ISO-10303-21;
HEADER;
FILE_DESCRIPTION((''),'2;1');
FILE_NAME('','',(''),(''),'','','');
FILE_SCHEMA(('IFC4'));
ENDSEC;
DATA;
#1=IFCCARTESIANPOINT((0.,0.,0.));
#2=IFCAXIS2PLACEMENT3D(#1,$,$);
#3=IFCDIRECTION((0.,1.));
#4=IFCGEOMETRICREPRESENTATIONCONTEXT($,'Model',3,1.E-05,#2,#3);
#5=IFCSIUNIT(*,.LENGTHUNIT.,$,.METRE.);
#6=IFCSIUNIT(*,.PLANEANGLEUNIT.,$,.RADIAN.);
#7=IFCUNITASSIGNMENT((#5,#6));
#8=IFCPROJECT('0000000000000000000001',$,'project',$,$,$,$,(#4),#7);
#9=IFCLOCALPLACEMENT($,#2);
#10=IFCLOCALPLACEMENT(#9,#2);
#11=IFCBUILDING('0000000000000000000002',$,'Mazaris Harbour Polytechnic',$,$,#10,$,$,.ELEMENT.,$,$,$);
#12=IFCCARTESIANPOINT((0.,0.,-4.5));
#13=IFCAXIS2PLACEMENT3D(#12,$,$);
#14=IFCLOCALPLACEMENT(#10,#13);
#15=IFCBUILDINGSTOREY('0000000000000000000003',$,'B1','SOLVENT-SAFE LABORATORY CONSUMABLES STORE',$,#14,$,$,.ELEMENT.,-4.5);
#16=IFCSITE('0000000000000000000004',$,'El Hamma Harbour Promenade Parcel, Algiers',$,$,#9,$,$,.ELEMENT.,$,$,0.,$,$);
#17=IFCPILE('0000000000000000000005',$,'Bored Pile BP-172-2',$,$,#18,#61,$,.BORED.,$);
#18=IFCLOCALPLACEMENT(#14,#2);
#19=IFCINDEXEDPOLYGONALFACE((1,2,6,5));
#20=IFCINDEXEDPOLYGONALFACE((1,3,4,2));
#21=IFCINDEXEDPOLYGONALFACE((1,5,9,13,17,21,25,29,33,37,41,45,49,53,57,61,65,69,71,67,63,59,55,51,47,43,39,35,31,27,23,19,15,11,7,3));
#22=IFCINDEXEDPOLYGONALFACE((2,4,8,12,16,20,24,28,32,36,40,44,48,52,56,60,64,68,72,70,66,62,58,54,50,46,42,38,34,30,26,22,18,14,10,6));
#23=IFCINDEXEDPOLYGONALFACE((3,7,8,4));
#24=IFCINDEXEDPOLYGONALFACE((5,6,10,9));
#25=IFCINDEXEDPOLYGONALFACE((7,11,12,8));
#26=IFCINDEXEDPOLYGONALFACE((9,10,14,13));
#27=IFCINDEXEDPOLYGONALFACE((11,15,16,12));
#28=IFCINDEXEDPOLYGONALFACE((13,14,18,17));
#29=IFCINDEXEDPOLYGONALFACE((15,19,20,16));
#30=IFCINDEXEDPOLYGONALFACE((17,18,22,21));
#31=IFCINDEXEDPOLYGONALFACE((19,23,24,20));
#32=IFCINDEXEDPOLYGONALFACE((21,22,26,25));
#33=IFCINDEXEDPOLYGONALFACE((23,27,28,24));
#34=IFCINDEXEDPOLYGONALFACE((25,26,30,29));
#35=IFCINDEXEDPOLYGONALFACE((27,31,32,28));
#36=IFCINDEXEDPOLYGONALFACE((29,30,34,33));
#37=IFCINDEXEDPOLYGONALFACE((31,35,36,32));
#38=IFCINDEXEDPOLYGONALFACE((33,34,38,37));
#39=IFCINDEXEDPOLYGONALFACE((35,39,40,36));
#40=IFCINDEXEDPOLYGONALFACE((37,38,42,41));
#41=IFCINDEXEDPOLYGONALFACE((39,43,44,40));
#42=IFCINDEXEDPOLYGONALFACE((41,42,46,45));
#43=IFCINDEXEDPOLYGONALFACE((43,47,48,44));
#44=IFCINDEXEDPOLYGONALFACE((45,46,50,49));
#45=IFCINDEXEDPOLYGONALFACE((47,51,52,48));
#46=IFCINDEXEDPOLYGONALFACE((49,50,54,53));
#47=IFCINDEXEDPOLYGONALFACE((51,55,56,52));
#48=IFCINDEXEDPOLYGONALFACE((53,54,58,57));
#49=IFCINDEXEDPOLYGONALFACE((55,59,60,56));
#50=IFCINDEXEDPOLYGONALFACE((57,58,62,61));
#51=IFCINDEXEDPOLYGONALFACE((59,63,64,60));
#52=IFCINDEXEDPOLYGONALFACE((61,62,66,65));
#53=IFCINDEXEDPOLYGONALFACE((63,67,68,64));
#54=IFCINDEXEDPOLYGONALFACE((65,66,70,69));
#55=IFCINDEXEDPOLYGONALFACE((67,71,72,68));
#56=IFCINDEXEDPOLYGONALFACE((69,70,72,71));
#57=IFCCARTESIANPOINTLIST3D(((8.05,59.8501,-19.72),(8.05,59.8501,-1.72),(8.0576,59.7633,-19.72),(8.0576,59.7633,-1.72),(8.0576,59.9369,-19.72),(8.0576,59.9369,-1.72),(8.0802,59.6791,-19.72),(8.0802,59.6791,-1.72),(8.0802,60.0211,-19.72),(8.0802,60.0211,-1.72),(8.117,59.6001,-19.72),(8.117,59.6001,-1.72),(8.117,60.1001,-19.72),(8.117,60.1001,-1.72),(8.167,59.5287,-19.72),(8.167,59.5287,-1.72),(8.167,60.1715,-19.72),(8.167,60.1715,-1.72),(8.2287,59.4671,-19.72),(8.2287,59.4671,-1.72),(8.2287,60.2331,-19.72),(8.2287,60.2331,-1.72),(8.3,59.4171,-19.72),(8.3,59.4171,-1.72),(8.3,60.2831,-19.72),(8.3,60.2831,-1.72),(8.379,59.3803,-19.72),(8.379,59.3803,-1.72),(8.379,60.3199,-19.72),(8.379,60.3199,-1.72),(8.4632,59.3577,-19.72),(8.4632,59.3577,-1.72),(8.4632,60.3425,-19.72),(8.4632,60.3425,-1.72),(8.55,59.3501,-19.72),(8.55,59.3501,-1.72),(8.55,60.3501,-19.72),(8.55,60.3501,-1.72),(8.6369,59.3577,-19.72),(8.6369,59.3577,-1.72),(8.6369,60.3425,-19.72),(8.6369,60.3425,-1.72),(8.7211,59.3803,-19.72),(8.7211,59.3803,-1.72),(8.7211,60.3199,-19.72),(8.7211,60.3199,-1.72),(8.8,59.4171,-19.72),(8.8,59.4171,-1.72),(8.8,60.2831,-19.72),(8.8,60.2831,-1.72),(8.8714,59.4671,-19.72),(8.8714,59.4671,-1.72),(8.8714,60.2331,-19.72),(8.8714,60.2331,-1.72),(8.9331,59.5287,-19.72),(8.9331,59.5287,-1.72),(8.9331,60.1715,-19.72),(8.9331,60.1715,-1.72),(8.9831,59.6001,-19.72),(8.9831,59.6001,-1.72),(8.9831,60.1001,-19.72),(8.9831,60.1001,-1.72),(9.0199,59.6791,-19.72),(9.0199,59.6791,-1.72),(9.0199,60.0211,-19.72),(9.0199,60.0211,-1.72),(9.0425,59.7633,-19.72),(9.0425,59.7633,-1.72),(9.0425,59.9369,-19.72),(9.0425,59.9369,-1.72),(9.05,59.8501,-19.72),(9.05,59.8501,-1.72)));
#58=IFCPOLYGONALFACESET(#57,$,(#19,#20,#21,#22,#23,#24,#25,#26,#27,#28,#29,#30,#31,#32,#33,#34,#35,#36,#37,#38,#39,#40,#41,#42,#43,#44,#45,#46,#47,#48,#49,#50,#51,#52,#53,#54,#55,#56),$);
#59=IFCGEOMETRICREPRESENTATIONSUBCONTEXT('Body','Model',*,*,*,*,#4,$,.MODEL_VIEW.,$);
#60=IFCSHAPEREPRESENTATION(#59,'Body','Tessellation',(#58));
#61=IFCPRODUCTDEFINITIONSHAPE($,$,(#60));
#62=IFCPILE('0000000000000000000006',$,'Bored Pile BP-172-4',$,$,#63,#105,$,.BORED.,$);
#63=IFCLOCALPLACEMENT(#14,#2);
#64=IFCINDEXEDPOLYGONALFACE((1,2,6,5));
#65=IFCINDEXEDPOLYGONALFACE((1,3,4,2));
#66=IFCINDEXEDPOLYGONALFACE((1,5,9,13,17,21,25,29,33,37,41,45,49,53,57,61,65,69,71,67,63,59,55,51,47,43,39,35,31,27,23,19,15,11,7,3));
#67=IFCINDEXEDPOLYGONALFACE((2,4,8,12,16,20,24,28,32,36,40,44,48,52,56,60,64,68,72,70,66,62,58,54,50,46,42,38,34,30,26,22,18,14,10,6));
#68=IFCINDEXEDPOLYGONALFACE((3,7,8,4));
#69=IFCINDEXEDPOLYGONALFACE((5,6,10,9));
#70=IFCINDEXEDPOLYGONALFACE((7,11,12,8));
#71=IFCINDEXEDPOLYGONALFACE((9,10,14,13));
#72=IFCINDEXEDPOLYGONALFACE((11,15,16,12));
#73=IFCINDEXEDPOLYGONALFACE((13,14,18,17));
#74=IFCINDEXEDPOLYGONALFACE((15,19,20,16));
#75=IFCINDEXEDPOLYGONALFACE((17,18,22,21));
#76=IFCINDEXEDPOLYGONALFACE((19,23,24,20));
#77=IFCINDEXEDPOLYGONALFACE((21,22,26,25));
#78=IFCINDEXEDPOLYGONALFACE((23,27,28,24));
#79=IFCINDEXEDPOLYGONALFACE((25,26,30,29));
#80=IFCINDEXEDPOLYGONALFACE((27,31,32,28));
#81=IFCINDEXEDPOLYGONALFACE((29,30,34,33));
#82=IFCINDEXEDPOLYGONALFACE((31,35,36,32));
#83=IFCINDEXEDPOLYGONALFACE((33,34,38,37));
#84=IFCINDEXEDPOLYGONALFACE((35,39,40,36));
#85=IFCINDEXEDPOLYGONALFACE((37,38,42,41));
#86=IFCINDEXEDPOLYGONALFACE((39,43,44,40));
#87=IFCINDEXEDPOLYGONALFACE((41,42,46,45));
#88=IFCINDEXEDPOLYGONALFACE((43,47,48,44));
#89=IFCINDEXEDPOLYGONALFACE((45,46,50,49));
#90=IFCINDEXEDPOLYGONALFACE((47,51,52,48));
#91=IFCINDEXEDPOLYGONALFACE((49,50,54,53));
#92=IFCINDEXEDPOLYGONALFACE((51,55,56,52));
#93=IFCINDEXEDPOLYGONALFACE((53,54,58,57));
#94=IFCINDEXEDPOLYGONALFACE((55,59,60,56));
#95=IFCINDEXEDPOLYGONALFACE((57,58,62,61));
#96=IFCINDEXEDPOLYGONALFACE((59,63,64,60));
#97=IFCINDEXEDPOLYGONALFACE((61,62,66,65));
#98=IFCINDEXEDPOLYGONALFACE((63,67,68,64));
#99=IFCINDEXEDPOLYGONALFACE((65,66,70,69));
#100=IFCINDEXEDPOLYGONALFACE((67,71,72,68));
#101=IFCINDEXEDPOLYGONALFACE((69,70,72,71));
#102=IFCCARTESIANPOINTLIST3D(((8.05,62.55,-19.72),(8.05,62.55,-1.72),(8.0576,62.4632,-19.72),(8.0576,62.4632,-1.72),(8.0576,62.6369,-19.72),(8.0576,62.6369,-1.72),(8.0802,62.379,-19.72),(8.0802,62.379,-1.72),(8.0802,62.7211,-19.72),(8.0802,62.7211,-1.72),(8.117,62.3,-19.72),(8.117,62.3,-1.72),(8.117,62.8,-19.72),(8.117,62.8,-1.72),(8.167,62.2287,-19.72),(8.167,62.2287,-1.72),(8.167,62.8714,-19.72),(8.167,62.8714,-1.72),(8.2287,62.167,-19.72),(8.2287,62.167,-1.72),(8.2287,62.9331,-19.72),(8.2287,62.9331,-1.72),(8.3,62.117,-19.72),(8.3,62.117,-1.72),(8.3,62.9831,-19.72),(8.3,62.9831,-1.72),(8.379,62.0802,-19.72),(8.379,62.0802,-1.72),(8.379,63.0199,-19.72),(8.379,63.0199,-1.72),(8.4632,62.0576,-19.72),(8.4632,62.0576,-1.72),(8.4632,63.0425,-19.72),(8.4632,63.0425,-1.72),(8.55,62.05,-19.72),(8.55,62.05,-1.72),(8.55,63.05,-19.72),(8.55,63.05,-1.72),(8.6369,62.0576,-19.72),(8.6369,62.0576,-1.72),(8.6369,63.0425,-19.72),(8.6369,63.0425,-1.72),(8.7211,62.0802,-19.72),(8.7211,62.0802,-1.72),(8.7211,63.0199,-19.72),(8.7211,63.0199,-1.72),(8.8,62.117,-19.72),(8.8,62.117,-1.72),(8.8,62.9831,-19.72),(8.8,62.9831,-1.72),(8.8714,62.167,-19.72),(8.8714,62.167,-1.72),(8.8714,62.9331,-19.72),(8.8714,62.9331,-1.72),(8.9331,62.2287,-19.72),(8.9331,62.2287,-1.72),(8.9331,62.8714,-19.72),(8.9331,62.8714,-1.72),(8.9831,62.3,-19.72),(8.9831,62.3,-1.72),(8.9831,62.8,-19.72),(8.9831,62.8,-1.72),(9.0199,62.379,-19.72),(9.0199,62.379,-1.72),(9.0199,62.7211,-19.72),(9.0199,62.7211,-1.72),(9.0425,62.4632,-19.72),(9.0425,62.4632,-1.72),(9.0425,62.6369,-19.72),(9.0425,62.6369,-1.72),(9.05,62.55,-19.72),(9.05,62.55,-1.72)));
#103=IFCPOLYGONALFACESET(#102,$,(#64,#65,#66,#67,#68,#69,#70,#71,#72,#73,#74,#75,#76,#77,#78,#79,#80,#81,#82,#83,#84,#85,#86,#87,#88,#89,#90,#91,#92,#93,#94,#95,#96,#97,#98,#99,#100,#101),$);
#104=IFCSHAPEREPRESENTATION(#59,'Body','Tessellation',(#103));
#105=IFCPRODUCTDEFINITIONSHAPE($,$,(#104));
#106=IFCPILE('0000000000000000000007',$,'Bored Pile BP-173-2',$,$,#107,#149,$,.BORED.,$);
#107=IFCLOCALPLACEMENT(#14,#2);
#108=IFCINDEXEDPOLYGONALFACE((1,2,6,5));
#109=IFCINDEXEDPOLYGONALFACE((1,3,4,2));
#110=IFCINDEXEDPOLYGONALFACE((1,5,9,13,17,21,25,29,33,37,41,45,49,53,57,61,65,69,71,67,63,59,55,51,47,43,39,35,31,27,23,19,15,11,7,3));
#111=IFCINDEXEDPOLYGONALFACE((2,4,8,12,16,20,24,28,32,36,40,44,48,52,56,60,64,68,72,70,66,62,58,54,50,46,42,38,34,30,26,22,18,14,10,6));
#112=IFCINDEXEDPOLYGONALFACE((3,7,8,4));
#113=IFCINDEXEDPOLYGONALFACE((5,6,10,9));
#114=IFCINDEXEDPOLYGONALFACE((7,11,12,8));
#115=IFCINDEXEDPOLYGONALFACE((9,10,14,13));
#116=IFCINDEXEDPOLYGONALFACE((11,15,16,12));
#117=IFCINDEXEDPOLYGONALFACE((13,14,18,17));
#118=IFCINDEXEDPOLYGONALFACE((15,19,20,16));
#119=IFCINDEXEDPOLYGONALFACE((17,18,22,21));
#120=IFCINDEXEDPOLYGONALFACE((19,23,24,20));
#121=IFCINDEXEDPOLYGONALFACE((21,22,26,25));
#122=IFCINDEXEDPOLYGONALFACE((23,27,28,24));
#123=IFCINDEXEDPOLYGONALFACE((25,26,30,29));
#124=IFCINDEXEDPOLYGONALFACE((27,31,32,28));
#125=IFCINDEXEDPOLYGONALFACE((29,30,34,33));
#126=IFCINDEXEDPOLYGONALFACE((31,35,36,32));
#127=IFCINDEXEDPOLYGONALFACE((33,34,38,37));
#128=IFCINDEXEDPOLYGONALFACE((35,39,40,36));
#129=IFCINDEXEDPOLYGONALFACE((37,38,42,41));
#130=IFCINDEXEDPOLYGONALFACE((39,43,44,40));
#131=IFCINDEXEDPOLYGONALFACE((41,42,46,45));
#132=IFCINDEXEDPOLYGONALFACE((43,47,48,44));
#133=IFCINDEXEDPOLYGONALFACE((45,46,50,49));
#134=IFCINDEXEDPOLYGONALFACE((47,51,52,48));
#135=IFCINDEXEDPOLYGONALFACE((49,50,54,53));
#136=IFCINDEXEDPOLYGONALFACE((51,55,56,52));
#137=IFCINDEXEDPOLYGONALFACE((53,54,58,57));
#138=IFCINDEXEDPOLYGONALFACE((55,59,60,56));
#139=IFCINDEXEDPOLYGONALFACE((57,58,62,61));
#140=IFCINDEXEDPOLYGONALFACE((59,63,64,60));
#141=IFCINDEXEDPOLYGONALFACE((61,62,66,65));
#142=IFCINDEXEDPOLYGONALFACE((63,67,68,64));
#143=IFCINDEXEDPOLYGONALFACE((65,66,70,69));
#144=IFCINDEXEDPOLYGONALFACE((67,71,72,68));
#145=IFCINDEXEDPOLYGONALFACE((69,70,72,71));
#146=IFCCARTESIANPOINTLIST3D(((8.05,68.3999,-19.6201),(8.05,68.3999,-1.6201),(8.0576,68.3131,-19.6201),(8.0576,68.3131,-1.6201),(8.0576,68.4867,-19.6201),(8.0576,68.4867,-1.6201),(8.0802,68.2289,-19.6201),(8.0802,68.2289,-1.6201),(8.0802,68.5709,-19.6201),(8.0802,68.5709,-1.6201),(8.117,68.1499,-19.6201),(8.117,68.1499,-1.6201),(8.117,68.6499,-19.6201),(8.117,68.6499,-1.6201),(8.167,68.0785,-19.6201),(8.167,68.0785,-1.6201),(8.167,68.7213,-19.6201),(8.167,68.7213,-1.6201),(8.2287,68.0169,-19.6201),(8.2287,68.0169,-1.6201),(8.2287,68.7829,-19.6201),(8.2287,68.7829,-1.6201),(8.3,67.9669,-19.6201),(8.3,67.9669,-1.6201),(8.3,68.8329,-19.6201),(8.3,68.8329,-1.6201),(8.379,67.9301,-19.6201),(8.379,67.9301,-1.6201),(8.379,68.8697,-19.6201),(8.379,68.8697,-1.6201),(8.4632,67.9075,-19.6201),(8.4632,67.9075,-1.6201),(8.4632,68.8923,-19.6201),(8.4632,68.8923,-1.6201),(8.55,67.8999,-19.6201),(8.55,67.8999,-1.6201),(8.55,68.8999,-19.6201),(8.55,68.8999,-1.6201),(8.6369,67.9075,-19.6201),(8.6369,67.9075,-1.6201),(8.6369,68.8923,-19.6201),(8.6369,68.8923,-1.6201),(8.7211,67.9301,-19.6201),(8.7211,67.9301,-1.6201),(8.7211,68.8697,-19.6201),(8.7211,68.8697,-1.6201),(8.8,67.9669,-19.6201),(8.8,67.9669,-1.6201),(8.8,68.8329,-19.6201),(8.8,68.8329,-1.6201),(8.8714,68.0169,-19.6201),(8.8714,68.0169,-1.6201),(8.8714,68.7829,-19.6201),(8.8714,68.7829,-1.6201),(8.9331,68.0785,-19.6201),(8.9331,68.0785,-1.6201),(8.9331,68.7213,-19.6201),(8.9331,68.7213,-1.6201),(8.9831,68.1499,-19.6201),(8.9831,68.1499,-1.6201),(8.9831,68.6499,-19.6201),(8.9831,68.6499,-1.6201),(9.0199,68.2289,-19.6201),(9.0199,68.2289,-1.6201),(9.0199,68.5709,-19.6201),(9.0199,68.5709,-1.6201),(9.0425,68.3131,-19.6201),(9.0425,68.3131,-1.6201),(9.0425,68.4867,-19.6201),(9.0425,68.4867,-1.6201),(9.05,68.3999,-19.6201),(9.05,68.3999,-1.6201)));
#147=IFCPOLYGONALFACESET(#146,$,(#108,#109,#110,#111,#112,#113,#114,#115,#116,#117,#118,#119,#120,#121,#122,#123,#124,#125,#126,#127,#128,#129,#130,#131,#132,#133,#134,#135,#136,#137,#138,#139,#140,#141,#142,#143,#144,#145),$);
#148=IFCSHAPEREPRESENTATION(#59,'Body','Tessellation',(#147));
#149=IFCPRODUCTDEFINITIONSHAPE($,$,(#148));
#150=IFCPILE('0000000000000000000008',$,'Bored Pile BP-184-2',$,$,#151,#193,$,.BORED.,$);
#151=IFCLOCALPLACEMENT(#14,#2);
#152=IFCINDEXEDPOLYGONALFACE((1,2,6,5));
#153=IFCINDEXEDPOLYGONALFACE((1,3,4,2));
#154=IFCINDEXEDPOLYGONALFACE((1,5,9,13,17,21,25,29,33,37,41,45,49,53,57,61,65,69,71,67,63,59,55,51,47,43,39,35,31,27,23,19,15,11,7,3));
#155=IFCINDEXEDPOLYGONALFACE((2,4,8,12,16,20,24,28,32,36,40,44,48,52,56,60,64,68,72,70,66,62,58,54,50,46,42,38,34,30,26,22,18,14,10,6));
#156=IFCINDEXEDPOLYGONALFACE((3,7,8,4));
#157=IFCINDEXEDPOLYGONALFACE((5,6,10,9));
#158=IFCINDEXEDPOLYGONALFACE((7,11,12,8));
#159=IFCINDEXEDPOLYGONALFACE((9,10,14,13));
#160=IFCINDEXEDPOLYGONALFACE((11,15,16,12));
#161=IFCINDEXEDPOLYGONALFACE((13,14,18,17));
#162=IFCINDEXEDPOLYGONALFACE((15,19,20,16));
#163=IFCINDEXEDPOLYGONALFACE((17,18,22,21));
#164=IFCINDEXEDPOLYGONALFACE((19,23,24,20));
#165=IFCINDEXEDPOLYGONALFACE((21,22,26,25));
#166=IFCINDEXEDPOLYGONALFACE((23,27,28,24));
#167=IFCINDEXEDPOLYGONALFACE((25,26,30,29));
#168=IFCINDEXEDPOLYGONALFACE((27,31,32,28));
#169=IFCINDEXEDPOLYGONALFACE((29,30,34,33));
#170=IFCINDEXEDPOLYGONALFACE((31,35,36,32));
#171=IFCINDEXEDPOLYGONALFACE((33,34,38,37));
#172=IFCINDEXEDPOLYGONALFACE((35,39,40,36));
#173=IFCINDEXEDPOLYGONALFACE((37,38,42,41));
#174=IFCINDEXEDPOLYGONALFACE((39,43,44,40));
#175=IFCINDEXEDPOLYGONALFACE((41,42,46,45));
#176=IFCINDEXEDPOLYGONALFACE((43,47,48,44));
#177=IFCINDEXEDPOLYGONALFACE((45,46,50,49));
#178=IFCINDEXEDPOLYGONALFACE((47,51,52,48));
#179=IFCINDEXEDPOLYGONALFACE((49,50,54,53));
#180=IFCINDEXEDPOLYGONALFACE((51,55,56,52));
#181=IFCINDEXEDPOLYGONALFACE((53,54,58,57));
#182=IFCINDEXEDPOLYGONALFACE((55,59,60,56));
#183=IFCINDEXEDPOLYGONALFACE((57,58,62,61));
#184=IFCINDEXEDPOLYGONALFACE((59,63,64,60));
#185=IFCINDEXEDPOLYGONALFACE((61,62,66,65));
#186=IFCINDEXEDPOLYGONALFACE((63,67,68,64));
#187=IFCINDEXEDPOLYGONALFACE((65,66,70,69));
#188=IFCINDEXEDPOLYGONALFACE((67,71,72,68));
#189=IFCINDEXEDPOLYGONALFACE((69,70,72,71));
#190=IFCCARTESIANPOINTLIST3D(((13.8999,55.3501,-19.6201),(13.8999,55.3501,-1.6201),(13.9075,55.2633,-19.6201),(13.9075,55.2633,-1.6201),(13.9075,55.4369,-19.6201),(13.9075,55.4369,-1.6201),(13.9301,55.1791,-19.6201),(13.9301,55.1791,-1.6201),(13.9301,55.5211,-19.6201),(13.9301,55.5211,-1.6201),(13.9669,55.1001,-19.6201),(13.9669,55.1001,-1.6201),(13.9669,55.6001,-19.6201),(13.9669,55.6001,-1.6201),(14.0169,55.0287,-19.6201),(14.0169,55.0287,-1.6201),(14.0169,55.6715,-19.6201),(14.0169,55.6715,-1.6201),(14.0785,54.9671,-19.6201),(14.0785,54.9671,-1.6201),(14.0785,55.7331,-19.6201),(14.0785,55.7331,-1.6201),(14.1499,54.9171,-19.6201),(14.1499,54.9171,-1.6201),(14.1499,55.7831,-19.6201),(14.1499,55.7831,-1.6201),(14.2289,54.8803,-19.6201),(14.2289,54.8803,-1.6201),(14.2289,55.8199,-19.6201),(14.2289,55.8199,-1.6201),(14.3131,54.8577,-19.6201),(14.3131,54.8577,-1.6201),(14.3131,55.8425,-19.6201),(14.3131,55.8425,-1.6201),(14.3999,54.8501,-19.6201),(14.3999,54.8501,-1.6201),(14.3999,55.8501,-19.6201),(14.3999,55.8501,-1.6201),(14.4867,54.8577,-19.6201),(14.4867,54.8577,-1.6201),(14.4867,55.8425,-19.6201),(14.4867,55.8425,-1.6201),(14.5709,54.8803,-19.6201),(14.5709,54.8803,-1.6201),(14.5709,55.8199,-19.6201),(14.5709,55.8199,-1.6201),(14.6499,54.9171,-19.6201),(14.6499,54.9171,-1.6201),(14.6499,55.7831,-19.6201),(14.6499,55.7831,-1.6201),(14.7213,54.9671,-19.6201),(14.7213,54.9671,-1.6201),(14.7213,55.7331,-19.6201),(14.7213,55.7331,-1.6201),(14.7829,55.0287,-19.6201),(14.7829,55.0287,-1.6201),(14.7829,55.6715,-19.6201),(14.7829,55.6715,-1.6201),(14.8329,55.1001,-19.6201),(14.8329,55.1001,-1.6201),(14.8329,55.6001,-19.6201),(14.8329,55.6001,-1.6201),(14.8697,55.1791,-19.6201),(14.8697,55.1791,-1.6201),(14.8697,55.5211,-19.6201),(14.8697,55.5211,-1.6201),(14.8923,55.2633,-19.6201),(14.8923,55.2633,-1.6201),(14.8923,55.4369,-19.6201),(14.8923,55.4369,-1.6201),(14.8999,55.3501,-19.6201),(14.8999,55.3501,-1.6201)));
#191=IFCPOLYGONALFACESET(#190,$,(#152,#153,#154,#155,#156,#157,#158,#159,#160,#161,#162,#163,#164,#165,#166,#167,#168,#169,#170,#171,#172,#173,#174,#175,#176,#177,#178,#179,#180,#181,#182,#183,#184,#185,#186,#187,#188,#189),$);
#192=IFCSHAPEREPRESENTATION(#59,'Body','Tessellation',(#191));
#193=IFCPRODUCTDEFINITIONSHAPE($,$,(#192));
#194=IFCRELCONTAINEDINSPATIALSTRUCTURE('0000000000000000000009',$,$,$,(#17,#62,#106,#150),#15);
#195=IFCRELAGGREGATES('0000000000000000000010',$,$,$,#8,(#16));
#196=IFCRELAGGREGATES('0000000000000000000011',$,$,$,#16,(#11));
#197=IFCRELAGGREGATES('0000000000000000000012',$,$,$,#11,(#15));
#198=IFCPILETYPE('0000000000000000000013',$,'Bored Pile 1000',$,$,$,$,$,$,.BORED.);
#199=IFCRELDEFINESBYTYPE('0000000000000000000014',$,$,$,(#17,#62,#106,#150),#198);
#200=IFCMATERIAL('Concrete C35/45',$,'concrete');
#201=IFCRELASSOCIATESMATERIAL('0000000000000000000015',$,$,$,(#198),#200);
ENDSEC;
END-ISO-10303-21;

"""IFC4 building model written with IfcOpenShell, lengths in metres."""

from ifc_helpers import new_model, si_unit, direction, frame, origin, origin_2d, place, context, subcontext, project, spatial, circle, extrude, material, material_profile, profile_set, type_object, element, save


model = new_model("IFC4")

# Units and contexts
model_context = context("Model", 3, precision=1e-05, world=origin(), true_north=direction((0.0, 1.0)))
body_context = subcontext(model_context, "Body", "Model", "MODEL_VIEW")
ifc_project = project(units=[si_unit("LENGTHUNIT", "METRE"), si_unit("PLANEANGLEUNIT", "RADIAN")], contexts=[model_context])

# Site, building, storey
site_placement = place(None, origin())
site = spatial("IfcSite", under=ifc_project, at=site_placement, Name="El Hamma Harbour Promenade Parcel, Algiers", CompositionType="ELEMENT", RefElevation=0.0)
building_placement = place(site_placement, origin())
building = spatial("IfcBuilding", under=site, at=building_placement, Name="Mazaris Harbour Polytechnic", CompositionType="ELEMENT")
storey_placement = place(building_placement, frame((0.0, 0.0, -4.5)))
storey = spatial("IfcBuildingStorey", under=building, at=storey_placement, Name="B1", Description="SOLVENT-SAFE LABORATORY CONSUMABLES STORE", CompositionType="ELEMENT", Elevation=-4.5)

# Piles
ifc_material_1 = material(Name="Concrete C35/45", Category="concrete")
ifc_material_profile_1 = material_profile(ifc_material_1, circle(Radius=0.5, at=origin_2d()), Name="DIA1000")
ifc_profile_set_1 = profile_set([ifc_material_profile_1], Name="Concrete C35/45")
pile_type_1 = type_object("IfcPileType", Name="Bored Pile 1000", PredefinedType="BORED", material=ifc_profile_set_1)
for number, where, z_axis, x_axis, name in (
    (1, (8.55, 59.8501, -1.72), (0.0, 0.0, -1.0), (1.0, 0.0, 0.0), "Bored Pile BP-172-2"),
    (2, (8.55, 62.55, -1.72), (0.0, 0.0, -1.0), (1.0, 0.0, 0.0), "Bored Pile BP-172-4"),
    (3, (8.55, 68.3999, -1.6201), (0.0, 0.0, -1.0), (1.0, 0.0, 0.0), "Bored Pile BP-173-2"),
    (4, (14.3999, 55.3501, -1.6201), (0.0, 0.0, -1.0), (1.0, 0.0, 0.0), "Bored Pile BP-184-2"),
):
    element("IfcPile", number, at=place(storey_placement, frame(where, z_axis=z_axis, x_axis=x_axis)), inside=storey, type_object=pile_type_1, Name=name, PredefinedType="BORED", context=body_context, shape_type="SweptSolid", body=[
        extrude(circle(Radius=0.5, at=origin_2d()), origin(), (0.0, 0.0, 1.0), 18.0),
    ])

save(model, "model.ifc")
